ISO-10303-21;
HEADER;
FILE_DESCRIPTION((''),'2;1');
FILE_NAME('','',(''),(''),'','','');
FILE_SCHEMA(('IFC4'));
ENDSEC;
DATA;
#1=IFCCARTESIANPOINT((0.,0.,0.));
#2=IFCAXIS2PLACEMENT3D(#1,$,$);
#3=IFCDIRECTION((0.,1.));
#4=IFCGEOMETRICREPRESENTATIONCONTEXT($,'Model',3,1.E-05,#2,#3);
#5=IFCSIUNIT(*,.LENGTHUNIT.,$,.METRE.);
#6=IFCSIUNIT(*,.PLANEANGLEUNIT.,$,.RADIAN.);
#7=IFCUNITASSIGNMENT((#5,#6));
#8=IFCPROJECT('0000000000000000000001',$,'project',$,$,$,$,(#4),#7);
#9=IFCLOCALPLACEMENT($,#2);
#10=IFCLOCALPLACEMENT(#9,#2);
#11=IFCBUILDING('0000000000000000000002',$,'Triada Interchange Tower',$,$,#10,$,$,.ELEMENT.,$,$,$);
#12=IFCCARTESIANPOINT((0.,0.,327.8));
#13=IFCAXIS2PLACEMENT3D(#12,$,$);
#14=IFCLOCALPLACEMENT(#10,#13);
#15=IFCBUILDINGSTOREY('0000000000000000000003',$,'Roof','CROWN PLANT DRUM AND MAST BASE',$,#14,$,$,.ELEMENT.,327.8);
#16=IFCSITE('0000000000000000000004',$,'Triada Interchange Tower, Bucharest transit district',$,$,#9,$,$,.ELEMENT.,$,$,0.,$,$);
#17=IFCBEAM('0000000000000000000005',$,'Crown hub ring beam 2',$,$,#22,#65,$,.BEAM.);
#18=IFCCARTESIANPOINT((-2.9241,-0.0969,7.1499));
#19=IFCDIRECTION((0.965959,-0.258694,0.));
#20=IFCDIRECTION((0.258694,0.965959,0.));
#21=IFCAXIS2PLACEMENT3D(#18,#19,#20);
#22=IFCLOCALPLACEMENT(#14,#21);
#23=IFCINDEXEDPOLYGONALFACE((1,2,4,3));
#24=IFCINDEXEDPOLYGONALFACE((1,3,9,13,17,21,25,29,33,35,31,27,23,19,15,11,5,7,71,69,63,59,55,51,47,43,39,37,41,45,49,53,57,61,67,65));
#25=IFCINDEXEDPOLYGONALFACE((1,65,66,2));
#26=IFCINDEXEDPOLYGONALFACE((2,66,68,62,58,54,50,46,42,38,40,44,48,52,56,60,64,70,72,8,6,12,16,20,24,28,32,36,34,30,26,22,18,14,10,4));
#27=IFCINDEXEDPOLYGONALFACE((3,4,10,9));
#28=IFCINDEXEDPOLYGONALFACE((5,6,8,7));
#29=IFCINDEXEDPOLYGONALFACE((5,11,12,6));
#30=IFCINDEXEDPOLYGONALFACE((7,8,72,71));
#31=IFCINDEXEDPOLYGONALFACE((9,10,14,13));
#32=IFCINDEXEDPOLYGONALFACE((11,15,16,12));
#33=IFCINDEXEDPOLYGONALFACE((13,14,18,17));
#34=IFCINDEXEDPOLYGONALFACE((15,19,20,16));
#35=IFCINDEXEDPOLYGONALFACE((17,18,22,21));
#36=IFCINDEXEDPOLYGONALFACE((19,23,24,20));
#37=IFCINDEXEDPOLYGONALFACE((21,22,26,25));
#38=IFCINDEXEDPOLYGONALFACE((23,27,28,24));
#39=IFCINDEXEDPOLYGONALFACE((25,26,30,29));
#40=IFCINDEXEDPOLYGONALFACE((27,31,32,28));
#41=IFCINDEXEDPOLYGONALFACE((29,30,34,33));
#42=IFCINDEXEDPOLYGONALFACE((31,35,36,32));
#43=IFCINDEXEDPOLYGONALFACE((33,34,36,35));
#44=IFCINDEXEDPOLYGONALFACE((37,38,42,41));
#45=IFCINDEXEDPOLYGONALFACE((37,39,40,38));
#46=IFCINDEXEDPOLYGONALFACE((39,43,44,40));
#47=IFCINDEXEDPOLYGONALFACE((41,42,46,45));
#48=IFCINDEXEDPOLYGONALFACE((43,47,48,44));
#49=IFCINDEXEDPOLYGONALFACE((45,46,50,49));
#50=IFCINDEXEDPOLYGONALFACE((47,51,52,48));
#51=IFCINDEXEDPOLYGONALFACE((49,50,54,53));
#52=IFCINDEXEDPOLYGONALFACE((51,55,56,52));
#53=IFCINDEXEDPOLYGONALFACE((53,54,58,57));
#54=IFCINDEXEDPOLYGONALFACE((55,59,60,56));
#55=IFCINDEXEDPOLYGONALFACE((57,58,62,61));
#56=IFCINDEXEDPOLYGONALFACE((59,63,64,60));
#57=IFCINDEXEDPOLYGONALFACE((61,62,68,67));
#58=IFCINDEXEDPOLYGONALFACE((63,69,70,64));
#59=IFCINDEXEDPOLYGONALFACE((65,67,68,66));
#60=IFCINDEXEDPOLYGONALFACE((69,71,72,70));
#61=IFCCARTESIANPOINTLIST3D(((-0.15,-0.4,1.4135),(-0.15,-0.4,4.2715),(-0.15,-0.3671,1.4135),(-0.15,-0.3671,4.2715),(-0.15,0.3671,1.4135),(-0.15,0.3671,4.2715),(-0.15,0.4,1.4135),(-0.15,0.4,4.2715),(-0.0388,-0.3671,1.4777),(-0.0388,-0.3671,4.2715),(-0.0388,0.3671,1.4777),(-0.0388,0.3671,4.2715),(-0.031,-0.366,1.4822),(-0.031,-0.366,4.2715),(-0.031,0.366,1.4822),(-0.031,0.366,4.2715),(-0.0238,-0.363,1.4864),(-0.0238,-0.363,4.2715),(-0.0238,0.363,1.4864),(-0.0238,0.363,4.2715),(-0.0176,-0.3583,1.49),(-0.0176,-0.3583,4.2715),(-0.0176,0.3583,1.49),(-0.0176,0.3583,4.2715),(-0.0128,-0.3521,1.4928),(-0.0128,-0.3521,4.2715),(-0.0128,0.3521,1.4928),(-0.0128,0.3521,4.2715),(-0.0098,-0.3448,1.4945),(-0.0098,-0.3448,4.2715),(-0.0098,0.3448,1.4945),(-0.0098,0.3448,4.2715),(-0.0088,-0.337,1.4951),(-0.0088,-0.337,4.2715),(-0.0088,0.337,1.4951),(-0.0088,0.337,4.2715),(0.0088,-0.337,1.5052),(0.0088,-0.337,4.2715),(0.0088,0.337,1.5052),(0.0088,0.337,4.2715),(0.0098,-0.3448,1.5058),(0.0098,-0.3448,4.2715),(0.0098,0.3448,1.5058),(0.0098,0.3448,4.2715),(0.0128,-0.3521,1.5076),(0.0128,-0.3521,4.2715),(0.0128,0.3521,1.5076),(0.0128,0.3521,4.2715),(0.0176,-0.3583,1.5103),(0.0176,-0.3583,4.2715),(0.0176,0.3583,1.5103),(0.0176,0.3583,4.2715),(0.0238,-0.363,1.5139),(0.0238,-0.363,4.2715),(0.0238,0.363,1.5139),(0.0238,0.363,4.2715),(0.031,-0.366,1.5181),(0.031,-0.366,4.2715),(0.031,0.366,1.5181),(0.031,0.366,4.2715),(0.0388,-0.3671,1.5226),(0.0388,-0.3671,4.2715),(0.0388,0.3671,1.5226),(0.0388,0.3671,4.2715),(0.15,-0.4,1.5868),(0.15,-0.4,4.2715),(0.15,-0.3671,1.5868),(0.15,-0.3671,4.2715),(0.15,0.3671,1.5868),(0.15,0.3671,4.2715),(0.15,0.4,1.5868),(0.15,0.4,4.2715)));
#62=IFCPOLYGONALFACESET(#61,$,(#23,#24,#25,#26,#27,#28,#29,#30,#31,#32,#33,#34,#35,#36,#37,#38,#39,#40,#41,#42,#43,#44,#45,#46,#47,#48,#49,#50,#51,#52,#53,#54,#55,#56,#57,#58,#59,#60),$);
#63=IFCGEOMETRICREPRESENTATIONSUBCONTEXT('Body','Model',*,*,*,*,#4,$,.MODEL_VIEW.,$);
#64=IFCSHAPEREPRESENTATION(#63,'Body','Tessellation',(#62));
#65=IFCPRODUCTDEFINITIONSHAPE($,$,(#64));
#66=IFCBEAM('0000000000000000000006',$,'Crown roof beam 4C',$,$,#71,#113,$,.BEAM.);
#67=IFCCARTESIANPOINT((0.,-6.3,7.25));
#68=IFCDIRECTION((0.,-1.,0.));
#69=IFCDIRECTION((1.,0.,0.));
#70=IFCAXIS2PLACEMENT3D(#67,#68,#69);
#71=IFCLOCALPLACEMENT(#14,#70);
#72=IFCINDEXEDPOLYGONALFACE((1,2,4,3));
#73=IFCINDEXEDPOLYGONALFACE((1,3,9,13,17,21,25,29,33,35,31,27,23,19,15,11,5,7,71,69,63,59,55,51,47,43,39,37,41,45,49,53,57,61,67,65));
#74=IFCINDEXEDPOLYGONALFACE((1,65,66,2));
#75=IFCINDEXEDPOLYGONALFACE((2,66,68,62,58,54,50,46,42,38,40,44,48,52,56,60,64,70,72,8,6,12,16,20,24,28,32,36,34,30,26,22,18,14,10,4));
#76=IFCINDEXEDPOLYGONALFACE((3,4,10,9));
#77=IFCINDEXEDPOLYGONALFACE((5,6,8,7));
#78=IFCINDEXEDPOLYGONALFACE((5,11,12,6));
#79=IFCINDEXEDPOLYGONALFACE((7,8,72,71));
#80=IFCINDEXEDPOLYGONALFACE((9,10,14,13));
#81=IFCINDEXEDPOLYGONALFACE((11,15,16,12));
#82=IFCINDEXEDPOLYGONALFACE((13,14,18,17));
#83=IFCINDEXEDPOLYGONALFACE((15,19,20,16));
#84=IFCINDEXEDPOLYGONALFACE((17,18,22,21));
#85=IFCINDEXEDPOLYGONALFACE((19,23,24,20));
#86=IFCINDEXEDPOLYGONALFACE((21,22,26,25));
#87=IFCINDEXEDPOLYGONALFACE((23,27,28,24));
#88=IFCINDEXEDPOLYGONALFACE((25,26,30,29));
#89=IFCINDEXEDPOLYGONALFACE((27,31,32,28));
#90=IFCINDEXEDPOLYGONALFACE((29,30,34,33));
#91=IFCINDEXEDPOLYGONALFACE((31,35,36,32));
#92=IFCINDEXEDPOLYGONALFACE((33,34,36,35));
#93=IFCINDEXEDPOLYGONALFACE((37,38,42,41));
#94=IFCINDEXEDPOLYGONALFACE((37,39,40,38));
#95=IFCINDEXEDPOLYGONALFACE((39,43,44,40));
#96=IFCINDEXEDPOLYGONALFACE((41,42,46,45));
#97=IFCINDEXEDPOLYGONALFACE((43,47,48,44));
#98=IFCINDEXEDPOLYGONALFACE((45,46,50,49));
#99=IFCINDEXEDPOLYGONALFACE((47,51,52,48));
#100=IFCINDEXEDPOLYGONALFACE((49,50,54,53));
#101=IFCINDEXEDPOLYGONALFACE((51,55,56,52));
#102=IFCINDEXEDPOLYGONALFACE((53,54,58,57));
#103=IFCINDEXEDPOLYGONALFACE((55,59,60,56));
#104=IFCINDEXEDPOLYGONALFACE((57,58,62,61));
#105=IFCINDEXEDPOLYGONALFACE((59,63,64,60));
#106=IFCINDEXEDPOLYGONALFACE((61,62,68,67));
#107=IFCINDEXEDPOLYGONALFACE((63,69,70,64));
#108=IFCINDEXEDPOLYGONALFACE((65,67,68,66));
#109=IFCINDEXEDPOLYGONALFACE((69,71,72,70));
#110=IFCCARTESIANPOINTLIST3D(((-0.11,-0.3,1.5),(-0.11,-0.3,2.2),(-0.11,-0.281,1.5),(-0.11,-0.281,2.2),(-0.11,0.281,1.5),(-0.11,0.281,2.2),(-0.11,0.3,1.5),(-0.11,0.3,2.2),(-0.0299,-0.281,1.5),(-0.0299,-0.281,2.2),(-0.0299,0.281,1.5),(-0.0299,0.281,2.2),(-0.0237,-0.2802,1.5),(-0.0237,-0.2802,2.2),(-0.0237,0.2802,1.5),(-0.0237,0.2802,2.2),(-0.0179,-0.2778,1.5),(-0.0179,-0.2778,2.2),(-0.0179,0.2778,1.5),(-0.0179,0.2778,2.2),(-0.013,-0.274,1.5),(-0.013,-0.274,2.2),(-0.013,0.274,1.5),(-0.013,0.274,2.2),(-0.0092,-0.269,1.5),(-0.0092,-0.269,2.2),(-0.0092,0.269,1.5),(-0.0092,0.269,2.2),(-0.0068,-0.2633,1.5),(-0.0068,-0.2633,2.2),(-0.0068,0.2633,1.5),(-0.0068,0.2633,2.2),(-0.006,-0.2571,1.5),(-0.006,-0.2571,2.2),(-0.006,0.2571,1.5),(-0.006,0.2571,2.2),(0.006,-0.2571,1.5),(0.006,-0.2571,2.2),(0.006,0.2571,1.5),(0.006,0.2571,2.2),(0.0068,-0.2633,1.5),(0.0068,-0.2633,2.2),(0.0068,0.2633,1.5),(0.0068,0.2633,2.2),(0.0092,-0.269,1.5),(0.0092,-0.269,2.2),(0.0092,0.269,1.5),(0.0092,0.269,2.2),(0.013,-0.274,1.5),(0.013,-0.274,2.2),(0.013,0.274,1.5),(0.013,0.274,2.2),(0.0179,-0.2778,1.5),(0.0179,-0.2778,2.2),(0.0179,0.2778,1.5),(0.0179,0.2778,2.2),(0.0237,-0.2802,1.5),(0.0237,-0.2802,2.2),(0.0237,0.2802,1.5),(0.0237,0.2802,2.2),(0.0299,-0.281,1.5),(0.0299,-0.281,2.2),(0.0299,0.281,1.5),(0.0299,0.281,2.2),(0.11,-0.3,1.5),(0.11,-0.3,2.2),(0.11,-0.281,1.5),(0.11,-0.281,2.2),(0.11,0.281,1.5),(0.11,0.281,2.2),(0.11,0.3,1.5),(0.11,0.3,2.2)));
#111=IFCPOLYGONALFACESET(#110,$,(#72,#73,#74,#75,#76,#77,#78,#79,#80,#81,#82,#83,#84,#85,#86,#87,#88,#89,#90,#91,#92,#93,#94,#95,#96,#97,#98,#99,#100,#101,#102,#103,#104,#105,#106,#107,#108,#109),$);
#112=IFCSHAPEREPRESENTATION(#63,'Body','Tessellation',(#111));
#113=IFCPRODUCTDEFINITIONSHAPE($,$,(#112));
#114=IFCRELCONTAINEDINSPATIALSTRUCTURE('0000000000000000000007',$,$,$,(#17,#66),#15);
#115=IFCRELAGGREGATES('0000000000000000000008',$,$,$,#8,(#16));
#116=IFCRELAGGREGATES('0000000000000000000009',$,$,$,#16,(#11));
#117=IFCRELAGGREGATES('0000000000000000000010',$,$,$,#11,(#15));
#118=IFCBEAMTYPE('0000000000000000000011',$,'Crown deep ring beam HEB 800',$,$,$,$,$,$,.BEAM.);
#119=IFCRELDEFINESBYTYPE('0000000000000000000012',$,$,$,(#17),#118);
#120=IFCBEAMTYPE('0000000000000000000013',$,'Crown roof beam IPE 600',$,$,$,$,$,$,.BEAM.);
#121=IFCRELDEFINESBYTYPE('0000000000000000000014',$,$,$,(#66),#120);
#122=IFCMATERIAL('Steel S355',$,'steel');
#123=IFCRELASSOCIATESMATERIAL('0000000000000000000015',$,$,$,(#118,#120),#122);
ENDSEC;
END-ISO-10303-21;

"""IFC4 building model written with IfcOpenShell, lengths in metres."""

from ifc_helpers import new_model, si_unit, direction, frame, origin, origin_2d, place, context, subcontext, project, spatial, i_section, extrude, clip, halfspace, material, material_profile, profile_set, type_object, element, save


model = new_model("IFC4")

# Units and contexts
model_context = context("Model", 3, precision=1e-05, world=origin(), true_north=direction((0.0, 1.0)))
body_context = subcontext(model_context, "Body", "Model", "MODEL_VIEW")
ifc_project = project(units=[si_unit("LENGTHUNIT", "METRE"), si_unit("PLANEANGLEUNIT", "RADIAN")], contexts=[model_context])

# Site, building, storey
site_placement = place(None, origin())
site = spatial("IfcSite", under=ifc_project, at=site_placement, Name="Triada Interchange Tower, Bucharest transit district", CompositionType="ELEMENT", RefElevation=0.0)
building_placement = place(site_placement, origin())
building = spatial("IfcBuilding", under=site, at=building_placement, Name="Triada Interchange Tower", CompositionType="ELEMENT")
storey_placement = place(building_placement, frame((0.0, 0.0, 327.8)))
storey = spatial("IfcBuildingStorey", under=building, at=storey_placement, Name="Roof", Description="CROWN PLANT DRUM AND MAST BASE", CompositionType="ELEMENT", Elevation=327.8)

# Shared definitions
ifc_material_1 = material(Name="Steel S355", Category="steel")

# Beams
ifc_material_profile_1 = material_profile(ifc_material_1, i_section(OverallWidth=0.3, OverallDepth=0.8, WebThickness=0.0176, FlangeThickness=0.033, FilletRadius=0.03, at=origin_2d()), Name="HEB 800")
ifc_profile_set_1 = profile_set([ifc_material_profile_1], Name="Steel S355")
beam_type_1 = type_object("IfcBeamType", Name="Crown deep ring beam HEB 800", PredefinedType="BEAM", material=ifc_profile_set_1)
beam_1_placement = place(storey_placement, frame((-2.9241, -0.0969, 7.1499), z_axis=(0.965959, -0.258694, 0.0), x_axis=(0.258694, 0.965959, 0.0)))
element("IfcBeam", 1, at=beam_1_placement, inside=storey, type_object=beam_type_1, Name="Crown hub ring beam 2", PredefinedType="BEAM", context=body_context, shape_type="Clipping", body=[
    clip(extrude(i_section(OverallWidth=0.3, OverallDepth=0.8, WebThickness=0.0176, FlangeThickness=0.033, FilletRadius=0.03, at=origin_2d()), origin(), (0.0, 0.0, 1.0), 4.2715), halfspace(frame((2.4749, -334.95, 2.9294), z_axis=(0.500112, 0.0, -0.865961), x_axis=(0.0, -1.0, 0.0)), False)),
])
ifc_material_profile_2 = material_profile(ifc_material_1, i_section(OverallWidth=0.22, OverallDepth=0.6001, WebThickness=0.012, FlangeThickness=0.019, FilletRadius=0.0239, at=origin_2d()), Name="IPE 600")
ifc_profile_set_2 = profile_set([ifc_material_profile_2], Name="Steel S355")
beam_type_2 = type_object("IfcBeamType", Name="Crown roof beam IPE 600", PredefinedType="BEAM", material=ifc_profile_set_2)
beam_2_placement = place(storey_placement, frame((0.0, -6.3, 7.25), z_axis=(0.0, -1.0, 0.0), x_axis=(1.0, 0.0, 0.0)))
element("IfcBeam", 2, at=beam_2_placement, inside=storey, type_object=beam_type_2, Name="Crown roof beam 4C", PredefinedType="BEAM", context=body_context, shape_type="Clipping", body=[
    clip(extrude(i_section(OverallWidth=0.22, OverallDepth=0.6001, WebThickness=0.012, FlangeThickness=0.019, FilletRadius=0.0239, at=origin_2d()), origin(), (0.0, 0.0, 1.0), 2.2), halfspace(frame((-1.45, -335.05, 1.5), z_axis=(0.0, 0.0, -1.0), x_axis=(1.0, 0.0, 0.0)), False)),
])

save(model, "model.ifc")
